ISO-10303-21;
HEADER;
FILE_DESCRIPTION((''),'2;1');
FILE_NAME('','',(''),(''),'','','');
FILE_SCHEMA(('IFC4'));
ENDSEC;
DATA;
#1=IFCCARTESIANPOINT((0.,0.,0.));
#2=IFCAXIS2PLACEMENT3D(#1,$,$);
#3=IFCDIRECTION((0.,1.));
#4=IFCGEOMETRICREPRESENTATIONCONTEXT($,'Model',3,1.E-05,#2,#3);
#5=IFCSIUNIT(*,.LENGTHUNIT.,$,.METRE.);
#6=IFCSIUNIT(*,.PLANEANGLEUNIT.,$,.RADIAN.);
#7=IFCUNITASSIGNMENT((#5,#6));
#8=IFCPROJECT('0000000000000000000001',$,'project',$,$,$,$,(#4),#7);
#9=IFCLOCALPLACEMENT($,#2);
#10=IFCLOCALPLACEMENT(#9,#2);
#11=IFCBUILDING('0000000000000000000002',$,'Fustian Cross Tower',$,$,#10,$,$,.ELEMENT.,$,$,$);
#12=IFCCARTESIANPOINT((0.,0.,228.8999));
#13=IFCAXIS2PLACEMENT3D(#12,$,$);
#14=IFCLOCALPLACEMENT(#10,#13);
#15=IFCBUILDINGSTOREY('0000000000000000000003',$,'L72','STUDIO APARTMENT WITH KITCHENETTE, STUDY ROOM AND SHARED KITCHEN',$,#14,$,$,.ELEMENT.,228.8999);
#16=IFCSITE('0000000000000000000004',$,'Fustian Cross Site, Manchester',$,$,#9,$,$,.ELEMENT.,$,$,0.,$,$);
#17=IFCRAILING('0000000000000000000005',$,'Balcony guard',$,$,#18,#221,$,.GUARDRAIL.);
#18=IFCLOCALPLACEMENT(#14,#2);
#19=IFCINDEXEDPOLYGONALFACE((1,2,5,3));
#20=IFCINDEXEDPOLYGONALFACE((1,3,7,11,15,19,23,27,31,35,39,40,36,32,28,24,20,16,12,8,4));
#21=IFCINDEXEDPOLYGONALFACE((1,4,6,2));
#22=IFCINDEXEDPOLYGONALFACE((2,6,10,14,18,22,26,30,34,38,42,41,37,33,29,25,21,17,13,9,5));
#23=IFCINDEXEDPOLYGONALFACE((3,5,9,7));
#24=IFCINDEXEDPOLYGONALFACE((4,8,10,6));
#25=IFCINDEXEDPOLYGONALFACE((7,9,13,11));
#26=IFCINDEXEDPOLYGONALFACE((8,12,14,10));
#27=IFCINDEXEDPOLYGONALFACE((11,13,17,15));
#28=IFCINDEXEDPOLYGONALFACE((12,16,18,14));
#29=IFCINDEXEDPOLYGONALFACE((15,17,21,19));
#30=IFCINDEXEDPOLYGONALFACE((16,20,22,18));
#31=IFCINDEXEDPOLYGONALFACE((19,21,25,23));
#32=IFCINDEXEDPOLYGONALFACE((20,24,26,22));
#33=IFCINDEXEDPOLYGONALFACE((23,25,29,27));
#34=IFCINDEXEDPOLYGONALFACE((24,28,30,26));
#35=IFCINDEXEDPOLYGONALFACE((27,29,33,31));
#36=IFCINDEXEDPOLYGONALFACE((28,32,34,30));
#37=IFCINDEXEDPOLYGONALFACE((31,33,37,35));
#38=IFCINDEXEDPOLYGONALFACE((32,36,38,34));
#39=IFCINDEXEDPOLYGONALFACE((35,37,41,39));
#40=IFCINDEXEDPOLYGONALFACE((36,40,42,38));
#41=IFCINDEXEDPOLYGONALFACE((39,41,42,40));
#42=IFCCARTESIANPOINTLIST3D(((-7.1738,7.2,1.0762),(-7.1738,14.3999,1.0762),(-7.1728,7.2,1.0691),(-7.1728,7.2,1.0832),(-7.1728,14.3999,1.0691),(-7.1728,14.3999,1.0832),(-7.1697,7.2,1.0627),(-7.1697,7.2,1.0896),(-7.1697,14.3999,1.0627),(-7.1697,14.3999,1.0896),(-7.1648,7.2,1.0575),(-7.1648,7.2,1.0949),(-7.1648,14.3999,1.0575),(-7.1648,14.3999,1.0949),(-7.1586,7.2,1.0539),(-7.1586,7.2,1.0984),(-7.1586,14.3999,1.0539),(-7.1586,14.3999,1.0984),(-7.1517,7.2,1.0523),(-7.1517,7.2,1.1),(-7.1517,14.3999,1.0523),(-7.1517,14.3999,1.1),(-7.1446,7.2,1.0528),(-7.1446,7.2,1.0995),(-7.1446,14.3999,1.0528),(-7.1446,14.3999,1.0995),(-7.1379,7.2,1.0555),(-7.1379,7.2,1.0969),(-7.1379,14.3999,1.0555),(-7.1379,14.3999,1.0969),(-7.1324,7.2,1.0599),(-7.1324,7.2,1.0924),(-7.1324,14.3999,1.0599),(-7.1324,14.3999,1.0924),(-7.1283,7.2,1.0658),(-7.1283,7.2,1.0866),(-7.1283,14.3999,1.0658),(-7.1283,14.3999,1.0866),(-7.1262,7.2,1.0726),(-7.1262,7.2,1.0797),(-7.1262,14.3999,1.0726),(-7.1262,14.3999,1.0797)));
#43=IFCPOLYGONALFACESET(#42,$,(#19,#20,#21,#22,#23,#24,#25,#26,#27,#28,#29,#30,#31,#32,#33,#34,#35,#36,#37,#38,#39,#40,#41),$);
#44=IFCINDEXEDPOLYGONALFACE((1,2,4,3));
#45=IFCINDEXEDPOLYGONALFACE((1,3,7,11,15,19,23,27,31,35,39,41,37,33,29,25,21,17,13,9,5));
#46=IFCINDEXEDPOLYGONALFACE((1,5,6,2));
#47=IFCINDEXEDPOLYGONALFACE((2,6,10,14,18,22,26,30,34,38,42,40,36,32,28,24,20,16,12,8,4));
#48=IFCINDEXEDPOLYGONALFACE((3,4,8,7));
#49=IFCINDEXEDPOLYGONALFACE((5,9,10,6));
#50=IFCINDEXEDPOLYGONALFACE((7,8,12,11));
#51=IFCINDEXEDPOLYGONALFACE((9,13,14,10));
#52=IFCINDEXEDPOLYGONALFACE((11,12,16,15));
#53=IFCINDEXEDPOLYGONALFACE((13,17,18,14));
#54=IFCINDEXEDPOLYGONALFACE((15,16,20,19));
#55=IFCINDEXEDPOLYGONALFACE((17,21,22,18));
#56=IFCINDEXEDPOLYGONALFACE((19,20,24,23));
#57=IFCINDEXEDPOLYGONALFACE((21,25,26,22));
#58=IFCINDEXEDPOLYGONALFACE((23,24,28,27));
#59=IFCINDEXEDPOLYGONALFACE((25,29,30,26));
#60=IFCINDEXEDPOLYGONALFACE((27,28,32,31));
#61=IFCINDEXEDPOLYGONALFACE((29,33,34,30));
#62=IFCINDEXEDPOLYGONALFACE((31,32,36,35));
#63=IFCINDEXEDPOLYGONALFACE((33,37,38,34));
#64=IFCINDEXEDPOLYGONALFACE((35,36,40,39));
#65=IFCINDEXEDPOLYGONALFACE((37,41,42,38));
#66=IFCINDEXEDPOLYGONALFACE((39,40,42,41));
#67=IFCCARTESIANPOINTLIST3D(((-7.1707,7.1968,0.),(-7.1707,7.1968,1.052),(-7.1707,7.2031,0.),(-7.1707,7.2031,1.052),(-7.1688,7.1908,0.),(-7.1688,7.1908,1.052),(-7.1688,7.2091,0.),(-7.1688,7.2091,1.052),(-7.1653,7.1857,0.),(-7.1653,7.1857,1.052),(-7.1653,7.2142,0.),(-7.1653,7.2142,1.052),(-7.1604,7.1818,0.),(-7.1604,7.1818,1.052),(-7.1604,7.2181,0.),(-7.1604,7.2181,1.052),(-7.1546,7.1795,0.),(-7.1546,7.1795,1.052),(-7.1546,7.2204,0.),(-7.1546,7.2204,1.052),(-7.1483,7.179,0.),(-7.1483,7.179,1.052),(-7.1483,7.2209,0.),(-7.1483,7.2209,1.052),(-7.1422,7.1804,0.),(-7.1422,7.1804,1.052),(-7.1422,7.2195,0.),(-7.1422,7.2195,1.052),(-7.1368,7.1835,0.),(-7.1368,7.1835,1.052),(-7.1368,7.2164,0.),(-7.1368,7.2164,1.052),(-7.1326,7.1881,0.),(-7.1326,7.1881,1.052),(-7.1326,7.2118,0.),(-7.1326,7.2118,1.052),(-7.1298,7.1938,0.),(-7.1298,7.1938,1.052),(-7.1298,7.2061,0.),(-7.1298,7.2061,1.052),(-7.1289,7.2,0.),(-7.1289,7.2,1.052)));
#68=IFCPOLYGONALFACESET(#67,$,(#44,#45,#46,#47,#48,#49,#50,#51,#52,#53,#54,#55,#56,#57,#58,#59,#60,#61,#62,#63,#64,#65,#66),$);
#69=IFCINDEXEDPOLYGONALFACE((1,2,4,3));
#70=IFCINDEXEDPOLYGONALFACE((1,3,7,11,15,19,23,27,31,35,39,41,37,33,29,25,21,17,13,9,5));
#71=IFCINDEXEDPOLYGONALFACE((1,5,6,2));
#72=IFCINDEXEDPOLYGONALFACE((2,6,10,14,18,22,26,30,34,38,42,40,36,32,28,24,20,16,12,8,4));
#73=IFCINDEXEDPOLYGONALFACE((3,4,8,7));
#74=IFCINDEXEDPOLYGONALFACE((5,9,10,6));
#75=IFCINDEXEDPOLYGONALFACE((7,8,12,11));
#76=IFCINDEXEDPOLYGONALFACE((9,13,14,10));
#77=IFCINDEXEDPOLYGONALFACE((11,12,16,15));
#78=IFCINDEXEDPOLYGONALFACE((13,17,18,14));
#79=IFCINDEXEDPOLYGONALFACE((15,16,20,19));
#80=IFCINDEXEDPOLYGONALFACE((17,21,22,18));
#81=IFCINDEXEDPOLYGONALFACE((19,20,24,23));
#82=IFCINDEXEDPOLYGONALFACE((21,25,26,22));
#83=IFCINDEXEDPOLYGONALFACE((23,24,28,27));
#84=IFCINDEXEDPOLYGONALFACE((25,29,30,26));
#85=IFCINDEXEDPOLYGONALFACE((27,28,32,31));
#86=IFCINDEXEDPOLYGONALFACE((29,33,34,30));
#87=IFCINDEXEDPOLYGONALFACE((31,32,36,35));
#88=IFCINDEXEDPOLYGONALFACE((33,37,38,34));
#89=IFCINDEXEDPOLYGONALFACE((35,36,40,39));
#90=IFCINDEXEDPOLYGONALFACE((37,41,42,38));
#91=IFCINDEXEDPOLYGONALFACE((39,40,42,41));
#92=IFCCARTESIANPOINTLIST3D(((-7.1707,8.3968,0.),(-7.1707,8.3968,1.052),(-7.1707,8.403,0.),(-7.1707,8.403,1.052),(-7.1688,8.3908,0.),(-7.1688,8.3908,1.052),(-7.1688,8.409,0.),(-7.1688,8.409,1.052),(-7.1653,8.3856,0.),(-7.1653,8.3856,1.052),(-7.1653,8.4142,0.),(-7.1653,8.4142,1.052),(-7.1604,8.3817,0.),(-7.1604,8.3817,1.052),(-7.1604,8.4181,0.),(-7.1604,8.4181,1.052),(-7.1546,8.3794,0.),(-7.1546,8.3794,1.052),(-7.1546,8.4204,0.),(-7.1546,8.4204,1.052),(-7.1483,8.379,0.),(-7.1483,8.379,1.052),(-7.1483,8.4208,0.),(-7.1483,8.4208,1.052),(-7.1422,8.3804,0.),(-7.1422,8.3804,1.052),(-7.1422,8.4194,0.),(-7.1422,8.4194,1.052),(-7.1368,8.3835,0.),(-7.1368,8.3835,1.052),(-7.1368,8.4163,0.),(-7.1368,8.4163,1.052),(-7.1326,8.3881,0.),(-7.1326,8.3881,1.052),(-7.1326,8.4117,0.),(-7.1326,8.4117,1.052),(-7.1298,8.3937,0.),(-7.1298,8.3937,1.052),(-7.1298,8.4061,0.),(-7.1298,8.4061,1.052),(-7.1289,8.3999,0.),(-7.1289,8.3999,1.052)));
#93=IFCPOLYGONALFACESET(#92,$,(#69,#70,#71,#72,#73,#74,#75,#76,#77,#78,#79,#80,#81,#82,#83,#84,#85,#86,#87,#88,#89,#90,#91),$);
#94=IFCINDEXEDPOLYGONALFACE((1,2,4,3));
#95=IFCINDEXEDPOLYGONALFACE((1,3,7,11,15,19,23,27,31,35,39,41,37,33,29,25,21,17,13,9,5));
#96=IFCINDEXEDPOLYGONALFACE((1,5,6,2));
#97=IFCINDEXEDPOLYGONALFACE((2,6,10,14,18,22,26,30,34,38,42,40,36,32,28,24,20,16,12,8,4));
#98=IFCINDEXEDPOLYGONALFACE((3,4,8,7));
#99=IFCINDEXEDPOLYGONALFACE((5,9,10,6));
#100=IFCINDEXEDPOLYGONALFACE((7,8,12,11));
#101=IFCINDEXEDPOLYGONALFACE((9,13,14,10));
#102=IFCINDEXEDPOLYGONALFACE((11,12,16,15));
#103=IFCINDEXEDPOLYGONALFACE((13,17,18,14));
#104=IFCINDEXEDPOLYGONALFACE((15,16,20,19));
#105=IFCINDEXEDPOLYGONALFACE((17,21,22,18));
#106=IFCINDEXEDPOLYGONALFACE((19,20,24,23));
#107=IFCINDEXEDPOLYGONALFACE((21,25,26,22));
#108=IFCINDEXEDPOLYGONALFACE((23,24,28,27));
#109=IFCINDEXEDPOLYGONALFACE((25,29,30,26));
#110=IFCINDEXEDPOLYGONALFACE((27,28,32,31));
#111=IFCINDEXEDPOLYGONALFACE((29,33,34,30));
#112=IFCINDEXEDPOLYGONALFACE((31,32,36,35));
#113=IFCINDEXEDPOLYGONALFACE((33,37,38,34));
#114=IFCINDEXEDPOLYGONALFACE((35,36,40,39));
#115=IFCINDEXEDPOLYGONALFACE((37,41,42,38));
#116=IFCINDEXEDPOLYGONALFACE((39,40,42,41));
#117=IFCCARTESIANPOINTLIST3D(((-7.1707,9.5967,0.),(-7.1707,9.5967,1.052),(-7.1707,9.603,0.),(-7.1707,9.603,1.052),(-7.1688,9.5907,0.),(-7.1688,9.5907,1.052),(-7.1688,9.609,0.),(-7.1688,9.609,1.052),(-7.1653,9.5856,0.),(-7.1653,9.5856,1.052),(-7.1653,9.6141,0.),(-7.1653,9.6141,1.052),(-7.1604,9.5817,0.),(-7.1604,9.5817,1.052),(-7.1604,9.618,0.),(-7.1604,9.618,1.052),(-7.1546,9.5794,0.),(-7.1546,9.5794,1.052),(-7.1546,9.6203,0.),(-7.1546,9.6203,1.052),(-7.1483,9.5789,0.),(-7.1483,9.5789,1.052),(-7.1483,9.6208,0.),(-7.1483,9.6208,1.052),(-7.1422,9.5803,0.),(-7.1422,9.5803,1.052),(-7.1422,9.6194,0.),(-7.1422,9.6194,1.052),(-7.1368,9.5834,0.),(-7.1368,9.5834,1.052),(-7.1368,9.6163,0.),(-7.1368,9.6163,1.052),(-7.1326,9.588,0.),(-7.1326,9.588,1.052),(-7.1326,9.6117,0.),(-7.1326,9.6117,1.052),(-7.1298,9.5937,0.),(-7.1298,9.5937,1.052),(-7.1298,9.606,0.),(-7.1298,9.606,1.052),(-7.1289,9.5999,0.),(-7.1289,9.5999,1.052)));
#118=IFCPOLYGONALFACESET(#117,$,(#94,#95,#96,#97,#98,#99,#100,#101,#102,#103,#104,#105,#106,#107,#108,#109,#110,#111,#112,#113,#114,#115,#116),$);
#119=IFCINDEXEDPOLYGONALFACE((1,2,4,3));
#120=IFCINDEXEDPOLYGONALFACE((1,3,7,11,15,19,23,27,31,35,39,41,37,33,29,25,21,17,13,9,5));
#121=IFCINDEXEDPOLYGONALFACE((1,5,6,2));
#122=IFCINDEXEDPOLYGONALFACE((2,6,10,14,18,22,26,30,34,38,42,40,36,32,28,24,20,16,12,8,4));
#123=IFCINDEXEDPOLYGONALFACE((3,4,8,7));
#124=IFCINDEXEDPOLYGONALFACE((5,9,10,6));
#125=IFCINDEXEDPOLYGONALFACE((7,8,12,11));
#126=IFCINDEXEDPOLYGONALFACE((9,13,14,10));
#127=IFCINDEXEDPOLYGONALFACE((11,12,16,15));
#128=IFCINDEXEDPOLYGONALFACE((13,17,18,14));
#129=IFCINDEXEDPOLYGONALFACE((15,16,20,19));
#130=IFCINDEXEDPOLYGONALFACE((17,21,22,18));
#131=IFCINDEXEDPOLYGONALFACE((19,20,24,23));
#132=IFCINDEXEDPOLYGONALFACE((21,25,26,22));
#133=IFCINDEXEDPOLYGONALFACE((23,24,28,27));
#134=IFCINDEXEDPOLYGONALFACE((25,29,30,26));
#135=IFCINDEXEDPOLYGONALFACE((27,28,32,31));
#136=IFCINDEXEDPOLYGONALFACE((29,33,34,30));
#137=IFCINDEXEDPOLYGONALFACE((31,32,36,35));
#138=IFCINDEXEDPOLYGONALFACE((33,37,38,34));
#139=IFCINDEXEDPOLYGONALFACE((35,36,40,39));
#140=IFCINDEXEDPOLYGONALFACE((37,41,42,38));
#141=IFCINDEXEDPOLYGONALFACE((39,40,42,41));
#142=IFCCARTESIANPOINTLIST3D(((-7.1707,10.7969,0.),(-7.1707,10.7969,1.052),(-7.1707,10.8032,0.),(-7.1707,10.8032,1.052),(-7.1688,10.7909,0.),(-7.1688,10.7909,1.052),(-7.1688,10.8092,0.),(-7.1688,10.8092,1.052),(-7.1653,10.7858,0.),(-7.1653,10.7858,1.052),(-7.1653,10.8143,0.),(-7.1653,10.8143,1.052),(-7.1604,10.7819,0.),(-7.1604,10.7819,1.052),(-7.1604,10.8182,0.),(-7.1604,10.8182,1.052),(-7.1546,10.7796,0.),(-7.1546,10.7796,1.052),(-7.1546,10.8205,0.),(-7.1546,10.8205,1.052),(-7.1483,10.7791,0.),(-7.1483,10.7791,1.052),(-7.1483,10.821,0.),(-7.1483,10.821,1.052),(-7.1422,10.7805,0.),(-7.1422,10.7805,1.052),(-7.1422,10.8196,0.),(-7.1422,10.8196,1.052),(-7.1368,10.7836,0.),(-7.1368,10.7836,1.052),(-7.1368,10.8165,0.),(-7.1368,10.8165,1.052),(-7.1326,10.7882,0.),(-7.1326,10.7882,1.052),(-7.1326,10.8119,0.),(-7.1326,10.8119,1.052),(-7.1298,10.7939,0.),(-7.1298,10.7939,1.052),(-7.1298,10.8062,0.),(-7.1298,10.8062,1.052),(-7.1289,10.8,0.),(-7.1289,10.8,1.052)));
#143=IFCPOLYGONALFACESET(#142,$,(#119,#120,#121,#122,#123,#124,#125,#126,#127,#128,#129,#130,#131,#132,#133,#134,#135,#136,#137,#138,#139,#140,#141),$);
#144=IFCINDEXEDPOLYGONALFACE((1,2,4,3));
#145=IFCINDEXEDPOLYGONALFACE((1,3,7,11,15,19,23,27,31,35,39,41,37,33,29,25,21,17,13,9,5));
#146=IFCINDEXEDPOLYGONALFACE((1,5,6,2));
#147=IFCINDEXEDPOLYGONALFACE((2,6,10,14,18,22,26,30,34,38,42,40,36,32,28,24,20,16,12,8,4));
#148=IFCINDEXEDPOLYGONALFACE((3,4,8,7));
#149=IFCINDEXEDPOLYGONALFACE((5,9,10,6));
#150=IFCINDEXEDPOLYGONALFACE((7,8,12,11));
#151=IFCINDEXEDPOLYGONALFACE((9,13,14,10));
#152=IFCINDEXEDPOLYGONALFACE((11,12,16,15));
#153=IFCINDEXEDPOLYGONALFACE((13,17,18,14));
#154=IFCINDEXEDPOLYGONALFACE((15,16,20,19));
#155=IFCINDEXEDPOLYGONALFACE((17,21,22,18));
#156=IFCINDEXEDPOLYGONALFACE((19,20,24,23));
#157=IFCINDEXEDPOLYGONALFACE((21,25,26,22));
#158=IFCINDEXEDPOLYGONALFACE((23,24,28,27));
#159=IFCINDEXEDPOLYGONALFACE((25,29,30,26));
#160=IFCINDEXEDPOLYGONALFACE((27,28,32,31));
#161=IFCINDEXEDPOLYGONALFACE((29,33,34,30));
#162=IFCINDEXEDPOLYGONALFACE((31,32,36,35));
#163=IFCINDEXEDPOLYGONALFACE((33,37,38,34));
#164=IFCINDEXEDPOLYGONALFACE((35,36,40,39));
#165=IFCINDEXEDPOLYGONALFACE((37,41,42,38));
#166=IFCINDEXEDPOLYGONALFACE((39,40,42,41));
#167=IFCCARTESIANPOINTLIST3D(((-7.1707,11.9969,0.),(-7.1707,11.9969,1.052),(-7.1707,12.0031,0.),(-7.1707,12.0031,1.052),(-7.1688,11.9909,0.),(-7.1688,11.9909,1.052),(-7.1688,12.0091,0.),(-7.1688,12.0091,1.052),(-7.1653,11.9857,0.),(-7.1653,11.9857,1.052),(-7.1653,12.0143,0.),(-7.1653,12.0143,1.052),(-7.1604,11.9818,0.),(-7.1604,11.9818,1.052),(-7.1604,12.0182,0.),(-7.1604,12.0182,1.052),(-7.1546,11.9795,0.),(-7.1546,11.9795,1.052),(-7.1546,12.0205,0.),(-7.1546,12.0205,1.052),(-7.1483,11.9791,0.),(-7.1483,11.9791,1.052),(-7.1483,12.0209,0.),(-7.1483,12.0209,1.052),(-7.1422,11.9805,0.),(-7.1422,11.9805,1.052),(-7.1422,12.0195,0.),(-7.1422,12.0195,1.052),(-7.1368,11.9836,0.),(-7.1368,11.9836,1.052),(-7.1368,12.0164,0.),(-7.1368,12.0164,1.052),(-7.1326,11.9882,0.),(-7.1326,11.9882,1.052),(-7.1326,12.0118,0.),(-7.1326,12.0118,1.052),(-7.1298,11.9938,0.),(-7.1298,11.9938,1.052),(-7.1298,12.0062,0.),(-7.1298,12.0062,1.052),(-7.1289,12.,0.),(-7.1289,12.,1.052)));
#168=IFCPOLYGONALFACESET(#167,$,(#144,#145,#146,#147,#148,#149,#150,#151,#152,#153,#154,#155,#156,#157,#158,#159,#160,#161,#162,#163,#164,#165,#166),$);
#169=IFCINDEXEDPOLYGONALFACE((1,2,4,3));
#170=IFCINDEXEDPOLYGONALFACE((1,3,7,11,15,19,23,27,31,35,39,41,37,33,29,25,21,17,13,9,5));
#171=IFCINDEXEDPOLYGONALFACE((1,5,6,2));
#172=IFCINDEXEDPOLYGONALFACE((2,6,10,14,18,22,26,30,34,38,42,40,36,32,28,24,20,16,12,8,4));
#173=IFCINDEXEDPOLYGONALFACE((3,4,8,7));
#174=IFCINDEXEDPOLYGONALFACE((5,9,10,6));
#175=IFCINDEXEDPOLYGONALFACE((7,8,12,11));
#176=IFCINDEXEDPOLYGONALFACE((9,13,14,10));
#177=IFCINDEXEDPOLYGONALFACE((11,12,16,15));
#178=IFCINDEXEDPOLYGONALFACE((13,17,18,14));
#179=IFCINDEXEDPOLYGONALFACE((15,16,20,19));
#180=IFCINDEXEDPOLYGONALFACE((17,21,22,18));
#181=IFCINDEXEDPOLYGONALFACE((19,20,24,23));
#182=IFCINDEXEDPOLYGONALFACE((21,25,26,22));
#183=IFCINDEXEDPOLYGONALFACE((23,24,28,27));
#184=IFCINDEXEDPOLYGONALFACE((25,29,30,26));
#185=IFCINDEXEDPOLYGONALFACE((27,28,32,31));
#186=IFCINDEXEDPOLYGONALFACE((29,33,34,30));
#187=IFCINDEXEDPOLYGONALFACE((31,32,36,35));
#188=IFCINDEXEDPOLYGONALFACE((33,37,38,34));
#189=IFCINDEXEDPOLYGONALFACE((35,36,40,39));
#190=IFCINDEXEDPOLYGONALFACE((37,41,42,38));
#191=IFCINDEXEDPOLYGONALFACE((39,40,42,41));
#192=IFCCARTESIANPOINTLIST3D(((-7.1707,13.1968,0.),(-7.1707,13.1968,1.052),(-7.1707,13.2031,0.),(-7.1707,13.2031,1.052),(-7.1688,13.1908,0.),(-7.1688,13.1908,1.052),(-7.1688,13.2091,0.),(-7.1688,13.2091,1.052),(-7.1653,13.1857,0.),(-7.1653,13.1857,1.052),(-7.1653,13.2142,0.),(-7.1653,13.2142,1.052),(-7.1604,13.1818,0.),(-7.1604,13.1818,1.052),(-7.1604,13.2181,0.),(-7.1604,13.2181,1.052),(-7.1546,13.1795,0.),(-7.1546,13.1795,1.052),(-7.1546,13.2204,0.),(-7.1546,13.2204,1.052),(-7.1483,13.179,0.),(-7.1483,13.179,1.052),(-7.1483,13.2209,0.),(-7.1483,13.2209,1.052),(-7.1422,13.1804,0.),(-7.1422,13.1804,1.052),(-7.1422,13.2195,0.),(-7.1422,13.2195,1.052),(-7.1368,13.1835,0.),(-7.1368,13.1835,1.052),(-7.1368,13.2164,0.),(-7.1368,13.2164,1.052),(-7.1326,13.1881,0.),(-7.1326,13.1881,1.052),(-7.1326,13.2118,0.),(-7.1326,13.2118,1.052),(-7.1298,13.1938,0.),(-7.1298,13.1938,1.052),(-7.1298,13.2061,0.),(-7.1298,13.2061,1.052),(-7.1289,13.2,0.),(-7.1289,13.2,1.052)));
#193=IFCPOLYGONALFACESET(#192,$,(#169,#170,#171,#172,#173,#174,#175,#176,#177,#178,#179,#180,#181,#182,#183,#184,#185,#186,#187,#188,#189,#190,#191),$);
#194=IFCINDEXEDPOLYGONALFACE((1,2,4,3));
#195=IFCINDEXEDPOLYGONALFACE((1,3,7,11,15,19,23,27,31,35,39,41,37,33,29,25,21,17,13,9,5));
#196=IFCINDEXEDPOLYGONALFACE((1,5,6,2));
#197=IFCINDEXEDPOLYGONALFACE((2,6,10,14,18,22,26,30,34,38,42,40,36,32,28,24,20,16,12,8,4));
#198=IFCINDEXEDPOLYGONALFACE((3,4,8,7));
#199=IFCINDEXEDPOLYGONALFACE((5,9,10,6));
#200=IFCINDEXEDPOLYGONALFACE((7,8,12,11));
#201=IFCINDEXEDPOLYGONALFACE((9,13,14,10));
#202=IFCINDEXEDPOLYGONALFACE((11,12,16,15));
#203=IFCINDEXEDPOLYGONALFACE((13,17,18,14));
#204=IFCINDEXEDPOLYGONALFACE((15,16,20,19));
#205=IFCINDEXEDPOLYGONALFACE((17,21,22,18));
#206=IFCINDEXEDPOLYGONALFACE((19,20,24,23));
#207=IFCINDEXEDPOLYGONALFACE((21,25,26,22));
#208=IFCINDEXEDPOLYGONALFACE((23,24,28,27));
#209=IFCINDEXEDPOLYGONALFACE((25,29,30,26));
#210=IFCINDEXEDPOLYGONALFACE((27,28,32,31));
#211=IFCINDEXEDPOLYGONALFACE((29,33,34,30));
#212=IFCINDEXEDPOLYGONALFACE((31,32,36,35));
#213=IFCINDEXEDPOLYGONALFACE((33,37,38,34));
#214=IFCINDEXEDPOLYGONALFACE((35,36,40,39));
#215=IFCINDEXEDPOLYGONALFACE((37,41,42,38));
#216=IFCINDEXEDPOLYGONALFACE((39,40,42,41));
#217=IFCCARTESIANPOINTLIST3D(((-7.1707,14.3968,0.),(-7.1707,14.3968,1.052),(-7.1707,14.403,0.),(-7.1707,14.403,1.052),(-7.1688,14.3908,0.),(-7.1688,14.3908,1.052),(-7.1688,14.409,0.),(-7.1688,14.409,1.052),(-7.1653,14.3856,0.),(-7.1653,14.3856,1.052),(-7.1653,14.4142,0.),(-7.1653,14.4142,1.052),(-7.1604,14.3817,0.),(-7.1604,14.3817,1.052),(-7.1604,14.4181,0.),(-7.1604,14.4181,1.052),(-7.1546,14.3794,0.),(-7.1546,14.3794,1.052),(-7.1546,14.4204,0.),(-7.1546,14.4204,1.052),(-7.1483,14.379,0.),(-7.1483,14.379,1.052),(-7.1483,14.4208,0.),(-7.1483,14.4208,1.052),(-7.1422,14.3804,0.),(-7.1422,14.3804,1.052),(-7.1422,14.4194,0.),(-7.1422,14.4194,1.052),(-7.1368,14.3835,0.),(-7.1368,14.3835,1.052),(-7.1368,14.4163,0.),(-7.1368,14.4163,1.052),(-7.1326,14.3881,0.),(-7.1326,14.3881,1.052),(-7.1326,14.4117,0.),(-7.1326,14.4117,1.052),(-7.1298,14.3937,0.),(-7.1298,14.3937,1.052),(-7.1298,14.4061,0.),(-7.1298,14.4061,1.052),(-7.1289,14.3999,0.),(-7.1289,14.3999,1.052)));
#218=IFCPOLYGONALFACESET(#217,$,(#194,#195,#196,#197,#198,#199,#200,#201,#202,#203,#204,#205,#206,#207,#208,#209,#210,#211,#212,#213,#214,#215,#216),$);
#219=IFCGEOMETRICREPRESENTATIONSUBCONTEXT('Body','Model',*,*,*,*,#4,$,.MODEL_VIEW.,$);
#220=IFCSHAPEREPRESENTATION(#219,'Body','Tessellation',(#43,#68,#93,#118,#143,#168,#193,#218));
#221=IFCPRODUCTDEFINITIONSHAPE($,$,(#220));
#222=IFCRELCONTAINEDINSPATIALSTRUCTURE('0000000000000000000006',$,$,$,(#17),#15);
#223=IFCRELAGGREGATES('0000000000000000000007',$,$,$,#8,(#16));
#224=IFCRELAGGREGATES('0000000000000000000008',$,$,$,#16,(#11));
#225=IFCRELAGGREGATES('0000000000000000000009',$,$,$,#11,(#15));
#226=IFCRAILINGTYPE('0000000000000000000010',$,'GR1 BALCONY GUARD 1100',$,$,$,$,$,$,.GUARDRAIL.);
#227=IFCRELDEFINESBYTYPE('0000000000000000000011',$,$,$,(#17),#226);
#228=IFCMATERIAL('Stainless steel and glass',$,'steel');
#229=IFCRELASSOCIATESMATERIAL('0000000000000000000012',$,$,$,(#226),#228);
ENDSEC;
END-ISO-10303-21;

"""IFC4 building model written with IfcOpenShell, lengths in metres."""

from ifc_helpers import new_model, si_unit, direction, frame, origin, origin_2d, place, context, subcontext, project, spatial, circle, extrude, material, type_object, element, save


model = new_model("IFC4")

# Units and contexts
model_context = context("Model", 3, precision=1e-05, world=origin(), true_north=direction((0.0, 1.0)))
body_context = subcontext(model_context, "Body", "Model", "MODEL_VIEW")
ifc_project = project(units=[si_unit("LENGTHUNIT", "METRE"), si_unit("PLANEANGLEUNIT", "RADIAN")], contexts=[model_context])

# Site, building, storey
site_placement = place(None, origin())
site = spatial("IfcSite", under=ifc_project, at=site_placement, Name="Fustian Cross Site, Manchester", CompositionType="ELEMENT", RefElevation=0.0)
building_placement = place(site_placement, origin())
building = spatial("IfcBuilding", under=site, at=building_placement, Name="Fustian Cross Tower", CompositionType="ELEMENT")
storey_placement = place(building_placement, frame((0.0, 0.0, 228.8999)))
storey = spatial("IfcBuildingStorey", under=building, at=storey_placement, Name="L72", Description="STUDIO APARTMENT WITH KITCHENETTE, STUDY ROOM AND SHARED KITCHEN", CompositionType="ELEMENT", Elevation=228.8999)

# Railing
ifc_material_1 = material(Name="Stainless steel and glass", Category="steel")
railing_type = type_object("IfcRailingType", Name="GR1 BALCONY GUARD 1100", PredefinedType="GUARDRAIL", material=ifc_material_1)
railing_placement = place(storey_placement, frame((-7.1499, 7.2, 0.0)))
element("IfcRailing", 1, at=railing_placement, inside=storey, type_object=railing_type, Name="Balcony guard", PredefinedType="GUARDRAIL", context=body_context, shape_type="SweptSolid", body=[
    extrude(circle(Radius=0.0239, at=origin_2d()), frame((0.0, 0.0, 1.0762), z_axis=(0.0, 1.0, 0.0), x_axis=(-1.0, 0.0, 0.0)), (0.0, 0.0, 1.0), 7.2),
    extrude(circle(Radius=0.021, at=origin_2d()), origin(), (0.0, 0.0, 1.0), 1.052),
    extrude(circle(Radius=0.021, at=origin_2d()), frame((0.0, 1.2, 0.0)), (0.0, 0.0, 1.0), 1.052),
    extrude(circle(Radius=0.021, at=origin_2d()), frame((0.0, 2.3999, 0.0)), (0.0, 0.0, 1.0), 1.052),
    extrude(circle(Radius=0.021, at=origin_2d()), frame((0.0, 3.6001, 0.0)), (0.0, 0.0, 1.0), 1.052),
    extrude(circle(Radius=0.021, at=origin_2d()), frame((0.0, 4.8, 0.0)), (0.0, 0.0, 1.0), 1.052),
    extrude(circle(Radius=0.021, at=origin_2d()), frame((0.0, 6.0, 0.0)), (0.0, 0.0, 1.0), 1.052),
    extrude(circle(Radius=0.021, at=origin_2d()), frame((0.0, 7.2, 0.0)), (0.0, 0.0, 1.0), 1.052),
])

save(model, "model.ifc")
